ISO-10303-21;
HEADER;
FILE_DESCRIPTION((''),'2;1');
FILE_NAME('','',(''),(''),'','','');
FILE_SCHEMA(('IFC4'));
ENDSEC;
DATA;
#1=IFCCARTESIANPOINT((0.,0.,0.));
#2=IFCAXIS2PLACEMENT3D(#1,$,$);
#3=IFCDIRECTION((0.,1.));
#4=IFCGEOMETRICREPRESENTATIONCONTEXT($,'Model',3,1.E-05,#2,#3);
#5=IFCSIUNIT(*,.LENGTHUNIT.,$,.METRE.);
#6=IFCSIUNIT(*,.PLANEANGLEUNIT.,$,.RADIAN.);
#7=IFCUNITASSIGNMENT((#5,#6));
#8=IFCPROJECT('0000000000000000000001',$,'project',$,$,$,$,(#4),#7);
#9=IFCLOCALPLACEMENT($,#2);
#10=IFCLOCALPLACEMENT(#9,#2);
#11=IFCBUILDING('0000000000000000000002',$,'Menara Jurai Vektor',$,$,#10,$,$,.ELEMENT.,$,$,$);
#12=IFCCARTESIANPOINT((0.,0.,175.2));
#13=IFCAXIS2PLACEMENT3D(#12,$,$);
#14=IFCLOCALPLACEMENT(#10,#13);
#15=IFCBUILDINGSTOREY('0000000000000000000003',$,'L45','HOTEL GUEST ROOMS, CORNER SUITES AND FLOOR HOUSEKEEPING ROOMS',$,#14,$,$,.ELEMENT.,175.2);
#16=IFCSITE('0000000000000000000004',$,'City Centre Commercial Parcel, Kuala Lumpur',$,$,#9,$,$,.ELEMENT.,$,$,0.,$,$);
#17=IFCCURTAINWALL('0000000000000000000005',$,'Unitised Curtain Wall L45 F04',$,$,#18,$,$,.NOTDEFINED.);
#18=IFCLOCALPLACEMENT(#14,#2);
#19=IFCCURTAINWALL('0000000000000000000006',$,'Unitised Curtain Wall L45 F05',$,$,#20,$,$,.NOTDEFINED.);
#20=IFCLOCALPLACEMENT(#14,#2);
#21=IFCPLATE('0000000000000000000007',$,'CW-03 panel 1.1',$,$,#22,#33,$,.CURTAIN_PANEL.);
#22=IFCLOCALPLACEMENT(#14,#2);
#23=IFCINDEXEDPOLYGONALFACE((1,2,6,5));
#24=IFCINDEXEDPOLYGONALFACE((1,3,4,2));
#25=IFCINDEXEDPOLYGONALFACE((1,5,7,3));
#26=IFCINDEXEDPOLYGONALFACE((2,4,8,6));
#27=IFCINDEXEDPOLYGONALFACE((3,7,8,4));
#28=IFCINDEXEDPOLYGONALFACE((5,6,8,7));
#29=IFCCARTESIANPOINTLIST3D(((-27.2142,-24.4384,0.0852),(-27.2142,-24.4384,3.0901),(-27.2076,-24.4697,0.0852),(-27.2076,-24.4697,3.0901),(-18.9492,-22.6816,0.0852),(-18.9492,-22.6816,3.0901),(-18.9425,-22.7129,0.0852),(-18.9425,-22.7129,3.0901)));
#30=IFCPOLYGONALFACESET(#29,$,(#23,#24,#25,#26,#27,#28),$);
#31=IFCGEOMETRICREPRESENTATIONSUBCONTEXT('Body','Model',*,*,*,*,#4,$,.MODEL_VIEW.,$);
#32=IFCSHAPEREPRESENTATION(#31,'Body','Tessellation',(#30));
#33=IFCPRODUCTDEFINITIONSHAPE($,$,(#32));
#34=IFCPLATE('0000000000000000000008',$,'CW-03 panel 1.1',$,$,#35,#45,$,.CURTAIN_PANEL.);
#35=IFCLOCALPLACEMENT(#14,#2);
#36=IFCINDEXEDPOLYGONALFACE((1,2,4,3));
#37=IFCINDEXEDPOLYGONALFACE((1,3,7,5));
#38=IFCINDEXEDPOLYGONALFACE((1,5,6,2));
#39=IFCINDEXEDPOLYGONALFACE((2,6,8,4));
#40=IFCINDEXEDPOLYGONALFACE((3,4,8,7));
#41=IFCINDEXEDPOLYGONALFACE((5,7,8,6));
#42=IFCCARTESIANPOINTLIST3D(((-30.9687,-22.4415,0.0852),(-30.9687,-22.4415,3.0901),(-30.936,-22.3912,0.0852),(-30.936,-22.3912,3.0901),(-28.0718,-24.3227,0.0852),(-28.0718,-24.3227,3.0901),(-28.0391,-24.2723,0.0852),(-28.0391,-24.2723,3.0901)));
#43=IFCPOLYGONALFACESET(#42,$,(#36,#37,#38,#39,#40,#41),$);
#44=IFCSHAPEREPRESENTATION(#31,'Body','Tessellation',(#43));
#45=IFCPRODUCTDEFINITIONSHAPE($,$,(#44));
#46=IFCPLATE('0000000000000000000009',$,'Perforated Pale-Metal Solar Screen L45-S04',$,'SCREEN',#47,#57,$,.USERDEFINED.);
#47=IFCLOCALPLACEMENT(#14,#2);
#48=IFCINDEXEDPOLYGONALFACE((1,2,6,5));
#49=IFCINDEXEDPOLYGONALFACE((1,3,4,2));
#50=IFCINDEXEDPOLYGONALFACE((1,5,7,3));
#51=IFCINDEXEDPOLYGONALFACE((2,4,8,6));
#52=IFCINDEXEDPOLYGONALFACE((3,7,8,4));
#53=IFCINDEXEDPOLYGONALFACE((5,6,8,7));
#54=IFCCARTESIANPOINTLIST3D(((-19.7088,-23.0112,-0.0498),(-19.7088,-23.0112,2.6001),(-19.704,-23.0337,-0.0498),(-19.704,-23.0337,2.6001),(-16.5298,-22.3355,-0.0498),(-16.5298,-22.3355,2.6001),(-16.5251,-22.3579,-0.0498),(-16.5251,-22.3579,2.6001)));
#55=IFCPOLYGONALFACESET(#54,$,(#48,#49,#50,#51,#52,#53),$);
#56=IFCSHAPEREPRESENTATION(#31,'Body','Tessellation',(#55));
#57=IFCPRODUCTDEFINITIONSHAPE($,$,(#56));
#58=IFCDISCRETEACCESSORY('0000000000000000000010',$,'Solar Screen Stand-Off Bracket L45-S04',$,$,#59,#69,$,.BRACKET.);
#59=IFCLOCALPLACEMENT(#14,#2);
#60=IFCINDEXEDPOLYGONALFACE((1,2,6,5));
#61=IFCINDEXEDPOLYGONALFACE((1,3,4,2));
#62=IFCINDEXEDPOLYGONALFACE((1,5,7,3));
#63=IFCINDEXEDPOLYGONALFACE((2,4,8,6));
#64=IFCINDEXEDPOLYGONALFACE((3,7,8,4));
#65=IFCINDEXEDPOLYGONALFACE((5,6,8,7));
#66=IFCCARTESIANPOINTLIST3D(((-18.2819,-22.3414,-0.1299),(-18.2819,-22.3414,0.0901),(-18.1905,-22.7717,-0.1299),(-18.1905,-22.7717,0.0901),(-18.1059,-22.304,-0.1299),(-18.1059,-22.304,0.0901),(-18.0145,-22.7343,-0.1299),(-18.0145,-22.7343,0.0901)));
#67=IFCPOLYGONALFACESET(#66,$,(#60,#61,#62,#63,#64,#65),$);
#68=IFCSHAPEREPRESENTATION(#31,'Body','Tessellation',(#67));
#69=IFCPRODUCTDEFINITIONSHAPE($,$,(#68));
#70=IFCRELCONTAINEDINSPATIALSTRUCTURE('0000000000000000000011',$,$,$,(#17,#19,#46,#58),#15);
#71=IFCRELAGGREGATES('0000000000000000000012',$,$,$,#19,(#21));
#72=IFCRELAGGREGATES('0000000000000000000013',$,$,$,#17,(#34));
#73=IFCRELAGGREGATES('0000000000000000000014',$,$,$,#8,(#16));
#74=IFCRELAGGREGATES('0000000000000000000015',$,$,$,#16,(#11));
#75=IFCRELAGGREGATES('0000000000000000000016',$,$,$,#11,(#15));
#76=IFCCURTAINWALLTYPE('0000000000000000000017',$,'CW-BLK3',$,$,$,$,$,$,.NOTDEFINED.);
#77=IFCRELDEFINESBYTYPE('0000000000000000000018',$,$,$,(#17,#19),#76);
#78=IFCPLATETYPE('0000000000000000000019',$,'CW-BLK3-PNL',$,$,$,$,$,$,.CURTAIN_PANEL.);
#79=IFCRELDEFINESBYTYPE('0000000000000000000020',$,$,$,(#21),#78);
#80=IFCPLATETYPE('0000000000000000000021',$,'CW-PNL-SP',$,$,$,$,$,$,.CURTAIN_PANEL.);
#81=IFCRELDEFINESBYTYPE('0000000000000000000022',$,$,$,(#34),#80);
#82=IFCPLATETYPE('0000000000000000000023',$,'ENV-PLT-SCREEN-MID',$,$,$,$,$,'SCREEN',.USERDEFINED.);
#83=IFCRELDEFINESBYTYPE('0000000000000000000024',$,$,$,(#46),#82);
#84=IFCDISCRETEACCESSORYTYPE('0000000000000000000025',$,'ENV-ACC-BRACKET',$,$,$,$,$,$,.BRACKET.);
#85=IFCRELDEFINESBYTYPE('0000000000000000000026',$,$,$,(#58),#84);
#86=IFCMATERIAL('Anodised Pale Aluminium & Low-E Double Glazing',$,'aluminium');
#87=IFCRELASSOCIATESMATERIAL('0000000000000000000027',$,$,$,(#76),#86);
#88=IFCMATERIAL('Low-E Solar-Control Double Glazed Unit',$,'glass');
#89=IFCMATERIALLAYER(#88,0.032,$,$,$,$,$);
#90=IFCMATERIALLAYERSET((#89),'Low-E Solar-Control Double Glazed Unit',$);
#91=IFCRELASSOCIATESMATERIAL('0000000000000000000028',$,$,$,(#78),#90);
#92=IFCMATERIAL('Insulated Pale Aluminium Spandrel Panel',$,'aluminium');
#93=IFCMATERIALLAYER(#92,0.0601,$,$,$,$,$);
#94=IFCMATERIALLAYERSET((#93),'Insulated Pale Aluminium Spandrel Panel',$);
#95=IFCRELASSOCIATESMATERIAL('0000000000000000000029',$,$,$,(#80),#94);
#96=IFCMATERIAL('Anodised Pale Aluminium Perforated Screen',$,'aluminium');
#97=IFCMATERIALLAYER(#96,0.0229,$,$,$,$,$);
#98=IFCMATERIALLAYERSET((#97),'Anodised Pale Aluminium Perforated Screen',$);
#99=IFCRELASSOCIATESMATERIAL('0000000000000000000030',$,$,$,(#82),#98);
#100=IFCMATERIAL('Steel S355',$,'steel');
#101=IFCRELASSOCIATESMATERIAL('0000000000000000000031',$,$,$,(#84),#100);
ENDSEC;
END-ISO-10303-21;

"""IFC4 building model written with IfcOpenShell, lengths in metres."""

from ifc_helpers import new_model, si_unit, direction, frame, origin, origin_2d, place, context, subcontext, project, spatial, rectangle, extrude, material, layer, layer_set, type_object, element, aggregate, save


model = new_model("IFC4")

# Units and contexts
model_context = context("Model", 3, precision=1e-05, world=origin(), true_north=direction((0.0, 1.0)))
body_context = subcontext(model_context, "Body", "Model", "MODEL_VIEW")
ifc_project = project(units=[si_unit("LENGTHUNIT", "METRE"), si_unit("PLANEANGLEUNIT", "RADIAN")], contexts=[model_context])

# Site, building, storey
site_placement = place(None, origin())
site = spatial("IfcSite", under=ifc_project, at=site_placement, Name="City Centre Commercial Parcel, Kuala Lumpur", CompositionType="ELEMENT", RefElevation=0.0)
building_placement = place(site_placement, origin())
building = spatial("IfcBuilding", under=site, at=building_placement, Name="Menara Jurai Vektor", CompositionType="ELEMENT")
storey_placement = place(building_placement, frame((0.0, 0.0, 175.2)))
storey = spatial("IfcBuildingStorey", under=building, at=storey_placement, Name="L45", Description="HOTEL GUEST ROOMS, CORNER SUITES AND FLOOR HOUSEKEEPING ROOMS", CompositionType="ELEMENT", Elevation=175.2)

# Shared definitions
ifc_material_1 = material(Name="Anodised Pale Aluminium & Low-E Double Glazing", Category="aluminium")
curtain_wall_type = type_object("IfcCurtainWallType", Name="CW-BLK3", PredefinedType="NOTDEFINED", material=ifc_material_1)

# Curtain walls
curtain_wall_1_placement = place(storey_placement, origin())
curtain_wall_1 = element("IfcCurtainWall", 1, at=curtain_wall_1_placement, inside=storey, type_object=curtain_wall_type, Name="Unitised Curtain Wall L45 F04", PredefinedType="NOTDEFINED")
curtain_wall_2_placement = place(storey_placement, origin())
curtain_wall_2 = element("IfcCurtainWall", 2, at=curtain_wall_2_placement, inside=storey, type_object=curtain_wall_type, Name="Unitised Curtain Wall L45 F05", PredefinedType="NOTDEFINED")

# Shared definitions
ifc_material_2 = material(Name="Steel S355", Category="steel")

# Plates
ifc_material_3 = material(Name="Low-E Solar-Control Double Glazed Unit", Category="glass")
ifc_layer_1 = layer(ifc_material_3, 0.032)
ifc_layer_set_1 = layer_set([ifc_layer_1], Name="Low-E Solar-Control Double Glazed Unit")
plate_type_1 = type_object("IfcPlateType", Name="CW-BLK3-PNL", PredefinedType="CURTAIN_PANEL", material=ifc_layer_set_1)
plate_1_placement = place(storey_placement, frame((-23.0784, -23.5757, 0.0852), z_axis=(0.0, 0.0, 1.0), x_axis=(0.978148, 0.207911, 0.0)))
plate_1 = element("IfcPlate", 3, at=plate_1_placement, type_object=plate_type_1, Name="CW-03 panel 1.1", PredefinedType="CURTAIN_PANEL", context=body_context, shape_type="SweptSolid", body=[
    extrude(rectangle(XDim=8.4497, YDim=0.032, at=origin_2d()), origin(), (0.0, 0.0, 1.0), 3.0049),
])
aggregate(curtain_wall_2, [plate_1])
ifc_material_4 = material(Name="Insulated Pale Aluminium Spandrel Panel", Category="aluminium")
ifc_layer_2 = layer(ifc_material_4, 0.0601)
ifc_layer_set_2 = layer_set([ifc_layer_2], Name="Insulated Pale Aluminium Spandrel Panel")
plate_type_2 = type_object("IfcPlateType", Name="CW-PNL-SP", PredefinedType="CURTAIN_PANEL", material=ifc_layer_set_2)
plate_2_placement = place(storey_placement, frame((-29.5039, -23.3569, 0.0852), z_axis=(0.0, 0.0, 1.0), x_axis=(0.838684, -0.544618, 0.0)))
plate_2 = element("IfcPlate", 4, at=plate_2_placement, type_object=plate_type_2, Name="CW-03 panel 1.1", PredefinedType="CURTAIN_PANEL", context=body_context, shape_type="SweptSolid", body=[
    extrude(rectangle(XDim=3.4541, YDim=0.0601, at=origin_2d()), origin(), (0.0, 0.0, 1.0), 3.0049),
])
aggregate(curtain_wall_1, [plate_2])
ifc_material_5 = material(Name="Anodised Pale Aluminium Perforated Screen", Category="aluminium")
ifc_layer_3 = layer(ifc_material_5, 0.0229)
ifc_layer_set_3 = layer_set([ifc_layer_3], Name="Anodised Pale Aluminium Perforated Screen")
plate_type_3 = type_object("IfcPlateType", Name="ENV-PLT-SCREEN-MID", ElementType="SCREEN", PredefinedType="USERDEFINED", material=ifc_layer_set_3)
plate_3_placement = place(storey_placement, frame((-18.1169, -22.6846, -0.0498), z_axis=(0.0, 0.0, 1.0), x_axis=(0.978148, 0.207912, 0.0)))
element("IfcPlate", 5, at=plate_3_placement, inside=storey, type_object=plate_type_3, Name="Perforated Pale-Metal Solar Screen L45-S04", ObjectType="SCREEN", PredefinedType="USERDEFINED", context=body_context, shape_type="SweptSolid", body=[
    extrude(rectangle(XDim=3.25, YDim=0.0229, at=origin_2d()), origin(), (0.0, 0.0, 1.0), 2.6499),
])

# Discrete accessory
discrete_accessory_type = type_object("IfcDiscreteAccessoryType", Name="ENV-ACC-BRACKET", PredefinedType="BRACKET", material=ifc_material_2)
discrete_accessory_placement = place(storey_placement, frame((-18.1482, -22.5378, -0.1299), z_axis=(0.0, 0.0, 1.0), x_axis=(0.978148, 0.207912, 0.0)))
element("IfcDiscreteAccessory", 6, at=discrete_accessory_placement, inside=storey, type_object=discrete_accessory_type, Name="Solar Screen Stand-Off Bracket L45-S04", PredefinedType="BRACKET", context=body_context, shape_type="SweptSolid", body=[
    extrude(rectangle(XDim=0.1799, YDim=0.4399, at=origin_2d()), origin(), (0.0, 0.0, 1.0), 0.22),
])

save(model, "model.ifc")
